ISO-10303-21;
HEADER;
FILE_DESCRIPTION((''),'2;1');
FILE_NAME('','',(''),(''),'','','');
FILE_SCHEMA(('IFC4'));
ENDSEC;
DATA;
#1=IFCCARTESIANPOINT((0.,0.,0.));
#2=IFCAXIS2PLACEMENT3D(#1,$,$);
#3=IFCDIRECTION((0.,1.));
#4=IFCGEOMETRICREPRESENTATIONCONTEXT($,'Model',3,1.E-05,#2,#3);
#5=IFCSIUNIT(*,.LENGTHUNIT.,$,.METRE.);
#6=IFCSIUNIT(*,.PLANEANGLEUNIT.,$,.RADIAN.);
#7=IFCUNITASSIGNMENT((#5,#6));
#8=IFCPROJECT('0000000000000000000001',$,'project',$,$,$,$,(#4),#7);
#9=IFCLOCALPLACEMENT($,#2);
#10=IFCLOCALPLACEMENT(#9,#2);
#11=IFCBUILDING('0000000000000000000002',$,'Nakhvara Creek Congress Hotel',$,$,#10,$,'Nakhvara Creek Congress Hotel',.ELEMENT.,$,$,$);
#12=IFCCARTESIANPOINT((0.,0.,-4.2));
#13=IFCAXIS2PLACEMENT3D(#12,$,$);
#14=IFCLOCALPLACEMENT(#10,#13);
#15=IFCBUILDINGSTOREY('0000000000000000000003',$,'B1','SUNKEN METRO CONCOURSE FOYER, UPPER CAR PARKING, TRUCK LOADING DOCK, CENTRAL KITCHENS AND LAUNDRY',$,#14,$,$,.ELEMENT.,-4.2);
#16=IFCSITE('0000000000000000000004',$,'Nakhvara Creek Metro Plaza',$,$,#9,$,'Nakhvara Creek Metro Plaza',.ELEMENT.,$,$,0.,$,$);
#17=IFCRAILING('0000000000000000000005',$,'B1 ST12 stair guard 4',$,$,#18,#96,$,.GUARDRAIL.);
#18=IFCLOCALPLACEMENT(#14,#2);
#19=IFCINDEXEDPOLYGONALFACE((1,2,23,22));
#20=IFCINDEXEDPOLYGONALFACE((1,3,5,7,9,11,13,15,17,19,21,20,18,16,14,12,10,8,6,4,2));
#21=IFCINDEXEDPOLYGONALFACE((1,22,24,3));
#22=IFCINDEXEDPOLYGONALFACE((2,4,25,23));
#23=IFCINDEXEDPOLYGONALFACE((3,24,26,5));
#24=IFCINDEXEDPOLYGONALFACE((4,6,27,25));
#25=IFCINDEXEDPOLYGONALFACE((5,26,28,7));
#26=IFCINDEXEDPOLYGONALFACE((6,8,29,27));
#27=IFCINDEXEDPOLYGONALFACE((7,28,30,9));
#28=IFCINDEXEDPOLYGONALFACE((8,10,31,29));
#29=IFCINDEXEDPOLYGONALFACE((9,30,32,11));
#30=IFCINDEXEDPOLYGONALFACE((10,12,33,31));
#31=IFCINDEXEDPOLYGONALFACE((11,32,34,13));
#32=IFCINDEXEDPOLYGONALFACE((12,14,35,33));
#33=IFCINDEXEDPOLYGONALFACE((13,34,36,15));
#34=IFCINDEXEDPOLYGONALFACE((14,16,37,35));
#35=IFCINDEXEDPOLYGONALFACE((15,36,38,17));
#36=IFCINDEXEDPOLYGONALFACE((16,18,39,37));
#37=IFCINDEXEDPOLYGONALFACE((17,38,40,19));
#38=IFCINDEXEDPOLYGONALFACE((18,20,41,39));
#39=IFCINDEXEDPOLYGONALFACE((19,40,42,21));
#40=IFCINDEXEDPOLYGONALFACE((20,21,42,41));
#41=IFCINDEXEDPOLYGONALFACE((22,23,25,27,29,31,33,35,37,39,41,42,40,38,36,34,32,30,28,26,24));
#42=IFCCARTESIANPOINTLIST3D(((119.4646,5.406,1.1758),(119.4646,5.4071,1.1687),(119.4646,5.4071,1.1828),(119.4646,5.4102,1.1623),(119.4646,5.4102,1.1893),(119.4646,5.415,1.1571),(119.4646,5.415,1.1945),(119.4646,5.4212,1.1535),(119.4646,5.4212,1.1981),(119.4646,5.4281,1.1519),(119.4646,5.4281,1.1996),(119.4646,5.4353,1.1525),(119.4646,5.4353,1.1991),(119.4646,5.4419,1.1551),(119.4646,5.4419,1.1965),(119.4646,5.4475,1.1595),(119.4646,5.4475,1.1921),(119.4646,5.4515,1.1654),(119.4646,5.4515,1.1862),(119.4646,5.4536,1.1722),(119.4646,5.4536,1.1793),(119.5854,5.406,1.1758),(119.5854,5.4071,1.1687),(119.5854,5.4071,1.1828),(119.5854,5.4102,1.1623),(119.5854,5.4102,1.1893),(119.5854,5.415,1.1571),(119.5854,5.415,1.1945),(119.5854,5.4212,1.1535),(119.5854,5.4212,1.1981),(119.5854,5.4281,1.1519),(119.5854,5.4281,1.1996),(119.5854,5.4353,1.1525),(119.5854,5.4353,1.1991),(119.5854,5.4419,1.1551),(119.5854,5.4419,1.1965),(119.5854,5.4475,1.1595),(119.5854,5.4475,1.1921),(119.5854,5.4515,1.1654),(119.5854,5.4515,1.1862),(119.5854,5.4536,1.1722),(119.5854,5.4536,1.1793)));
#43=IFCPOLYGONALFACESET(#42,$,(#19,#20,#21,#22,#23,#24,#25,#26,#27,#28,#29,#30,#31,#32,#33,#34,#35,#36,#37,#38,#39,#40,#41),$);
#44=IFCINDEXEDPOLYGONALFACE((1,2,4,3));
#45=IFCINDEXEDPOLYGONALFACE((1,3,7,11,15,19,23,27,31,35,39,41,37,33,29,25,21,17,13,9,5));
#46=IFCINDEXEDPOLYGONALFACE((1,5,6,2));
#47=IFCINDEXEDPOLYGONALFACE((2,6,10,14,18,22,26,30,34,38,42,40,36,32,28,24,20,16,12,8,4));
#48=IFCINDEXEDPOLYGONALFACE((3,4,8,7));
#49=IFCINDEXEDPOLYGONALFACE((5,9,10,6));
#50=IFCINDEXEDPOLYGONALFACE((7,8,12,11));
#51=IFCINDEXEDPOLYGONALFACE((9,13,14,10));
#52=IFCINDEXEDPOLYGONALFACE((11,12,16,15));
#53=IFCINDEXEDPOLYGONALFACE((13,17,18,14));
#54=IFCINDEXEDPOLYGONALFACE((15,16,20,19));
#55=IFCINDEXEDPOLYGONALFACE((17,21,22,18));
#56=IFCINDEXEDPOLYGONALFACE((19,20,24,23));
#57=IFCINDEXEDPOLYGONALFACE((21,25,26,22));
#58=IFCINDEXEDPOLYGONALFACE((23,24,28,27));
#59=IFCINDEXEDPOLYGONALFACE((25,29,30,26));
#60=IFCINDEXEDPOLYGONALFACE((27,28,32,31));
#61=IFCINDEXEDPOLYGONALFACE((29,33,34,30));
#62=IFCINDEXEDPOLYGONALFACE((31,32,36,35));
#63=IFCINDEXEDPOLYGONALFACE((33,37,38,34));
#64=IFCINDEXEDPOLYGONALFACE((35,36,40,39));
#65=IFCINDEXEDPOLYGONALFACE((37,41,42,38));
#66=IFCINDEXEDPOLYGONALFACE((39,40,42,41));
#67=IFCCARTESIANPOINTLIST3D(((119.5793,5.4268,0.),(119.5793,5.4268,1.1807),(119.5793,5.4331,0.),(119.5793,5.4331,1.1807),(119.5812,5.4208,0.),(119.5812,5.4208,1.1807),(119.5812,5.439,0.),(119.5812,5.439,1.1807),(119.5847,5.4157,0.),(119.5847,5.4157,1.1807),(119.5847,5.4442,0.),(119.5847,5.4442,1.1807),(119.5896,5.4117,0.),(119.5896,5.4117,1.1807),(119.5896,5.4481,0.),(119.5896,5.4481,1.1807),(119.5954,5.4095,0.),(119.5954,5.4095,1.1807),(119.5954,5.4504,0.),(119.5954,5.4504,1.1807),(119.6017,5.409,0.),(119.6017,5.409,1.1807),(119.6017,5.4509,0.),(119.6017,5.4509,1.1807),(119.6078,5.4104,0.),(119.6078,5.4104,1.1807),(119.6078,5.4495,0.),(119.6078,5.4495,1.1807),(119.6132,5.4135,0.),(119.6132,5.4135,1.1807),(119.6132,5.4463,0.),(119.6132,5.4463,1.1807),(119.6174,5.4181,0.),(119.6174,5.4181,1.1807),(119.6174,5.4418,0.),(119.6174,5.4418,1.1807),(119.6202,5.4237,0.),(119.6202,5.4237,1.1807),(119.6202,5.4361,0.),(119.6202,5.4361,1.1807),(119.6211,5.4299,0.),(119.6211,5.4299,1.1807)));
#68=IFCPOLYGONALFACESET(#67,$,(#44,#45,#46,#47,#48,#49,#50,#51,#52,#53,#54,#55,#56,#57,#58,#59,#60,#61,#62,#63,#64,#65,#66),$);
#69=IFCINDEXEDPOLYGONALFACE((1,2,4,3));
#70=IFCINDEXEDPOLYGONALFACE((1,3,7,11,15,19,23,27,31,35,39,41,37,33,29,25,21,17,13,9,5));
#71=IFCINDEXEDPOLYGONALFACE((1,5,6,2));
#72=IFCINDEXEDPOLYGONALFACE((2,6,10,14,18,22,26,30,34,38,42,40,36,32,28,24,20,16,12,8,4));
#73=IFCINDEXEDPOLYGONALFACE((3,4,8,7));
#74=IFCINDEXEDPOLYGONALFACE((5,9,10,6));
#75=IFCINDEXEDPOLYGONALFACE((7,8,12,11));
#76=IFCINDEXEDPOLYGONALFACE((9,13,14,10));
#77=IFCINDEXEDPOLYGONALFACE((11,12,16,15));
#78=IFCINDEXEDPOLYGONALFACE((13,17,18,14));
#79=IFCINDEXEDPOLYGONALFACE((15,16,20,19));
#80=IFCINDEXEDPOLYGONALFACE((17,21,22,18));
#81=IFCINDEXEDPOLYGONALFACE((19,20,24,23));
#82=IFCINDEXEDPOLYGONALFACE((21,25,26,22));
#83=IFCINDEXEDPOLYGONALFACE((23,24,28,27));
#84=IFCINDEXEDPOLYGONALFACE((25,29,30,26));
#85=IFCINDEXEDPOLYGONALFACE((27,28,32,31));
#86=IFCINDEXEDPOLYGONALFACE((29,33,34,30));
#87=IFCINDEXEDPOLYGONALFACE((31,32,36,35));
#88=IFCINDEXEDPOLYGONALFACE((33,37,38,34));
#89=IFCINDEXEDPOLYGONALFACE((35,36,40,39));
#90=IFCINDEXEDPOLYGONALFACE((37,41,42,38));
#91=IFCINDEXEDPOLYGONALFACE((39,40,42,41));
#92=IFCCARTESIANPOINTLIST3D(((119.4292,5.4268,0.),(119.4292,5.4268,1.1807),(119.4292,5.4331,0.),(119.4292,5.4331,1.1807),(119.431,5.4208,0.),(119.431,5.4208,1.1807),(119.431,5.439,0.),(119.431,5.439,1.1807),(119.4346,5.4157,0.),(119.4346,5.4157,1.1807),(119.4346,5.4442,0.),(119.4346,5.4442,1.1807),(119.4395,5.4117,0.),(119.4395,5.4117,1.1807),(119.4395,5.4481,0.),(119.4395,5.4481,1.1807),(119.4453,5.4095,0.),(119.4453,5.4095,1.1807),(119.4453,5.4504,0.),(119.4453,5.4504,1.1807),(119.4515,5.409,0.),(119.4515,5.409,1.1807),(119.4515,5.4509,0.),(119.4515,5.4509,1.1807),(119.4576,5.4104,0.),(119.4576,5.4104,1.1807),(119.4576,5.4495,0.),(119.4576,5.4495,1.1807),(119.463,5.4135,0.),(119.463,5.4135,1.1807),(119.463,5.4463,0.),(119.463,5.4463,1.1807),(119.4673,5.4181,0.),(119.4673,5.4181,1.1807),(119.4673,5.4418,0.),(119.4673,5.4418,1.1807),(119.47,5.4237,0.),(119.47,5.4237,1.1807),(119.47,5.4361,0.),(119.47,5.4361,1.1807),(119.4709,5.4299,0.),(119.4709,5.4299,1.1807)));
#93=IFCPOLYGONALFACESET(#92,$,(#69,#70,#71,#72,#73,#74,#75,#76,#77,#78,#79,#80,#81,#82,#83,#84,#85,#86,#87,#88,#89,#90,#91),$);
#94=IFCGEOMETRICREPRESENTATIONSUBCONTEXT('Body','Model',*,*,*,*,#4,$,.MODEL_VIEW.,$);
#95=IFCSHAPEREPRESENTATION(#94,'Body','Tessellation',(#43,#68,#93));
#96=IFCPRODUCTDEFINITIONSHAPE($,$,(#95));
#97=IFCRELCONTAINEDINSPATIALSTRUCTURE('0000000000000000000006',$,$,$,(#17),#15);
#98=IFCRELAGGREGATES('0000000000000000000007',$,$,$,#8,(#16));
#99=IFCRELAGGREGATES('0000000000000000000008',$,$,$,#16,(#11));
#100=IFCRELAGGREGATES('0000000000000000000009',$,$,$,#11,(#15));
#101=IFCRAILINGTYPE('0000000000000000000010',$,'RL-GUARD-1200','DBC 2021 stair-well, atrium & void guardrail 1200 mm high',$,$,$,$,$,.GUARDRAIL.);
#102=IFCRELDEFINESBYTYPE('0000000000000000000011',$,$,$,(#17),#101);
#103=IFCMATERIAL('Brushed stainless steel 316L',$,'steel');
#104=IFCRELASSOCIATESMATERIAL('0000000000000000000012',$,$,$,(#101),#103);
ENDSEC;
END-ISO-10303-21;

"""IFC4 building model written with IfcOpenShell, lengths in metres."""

from ifc_helpers import new_model, si_unit, direction, frame, origin, origin_2d, place, context, subcontext, project, spatial, circle, extrude, material, type_object, element, save


model = new_model("IFC4")

# Units and contexts
model_context = context("Model", 3, precision=1e-05, world=origin(), true_north=direction((0.0, 1.0)))
body_context = subcontext(model_context, "Body", "Model", "MODEL_VIEW")
ifc_project = project(units=[si_unit("LENGTHUNIT", "METRE"), si_unit("PLANEANGLEUNIT", "RADIAN")], contexts=[model_context])

# Site, building, storey
site_placement = place(None, origin())
site = spatial("IfcSite", under=ifc_project, at=site_placement, Name="Nakhvara Creek Metro Plaza", LongName="Nakhvara Creek Metro Plaza", CompositionType="ELEMENT", RefElevation=0.0)
building_placement = place(site_placement, origin())
building = spatial("IfcBuilding", under=site, at=building_placement, Name="Nakhvara Creek Congress Hotel", LongName="Nakhvara Creek Congress Hotel", CompositionType="ELEMENT")
storey_placement = place(building_placement, frame((0.0, 0.0, -4.2)))
storey = spatial("IfcBuildingStorey", under=building, at=storey_placement, Name="B1", Description="SUNKEN METRO CONCOURSE FOYER, UPPER CAR PARKING, TRUCK LOADING DOCK, CENTRAL KITCHENS AND LAUNDRY", CompositionType="ELEMENT", Elevation=-4.2)

# Railing
ifc_material_1 = material(Name="Brushed stainless steel 316L", Category="steel")
railing_type_1 = type_object("IfcRailingType", Name="RL-GUARD-1200", Description="DBC 2021 stair-well, atrium & void guardrail 1200 mm high", PredefinedType="GUARDRAIL", material=ifc_material_1)
railing_1_placement = place(storey_placement, frame((119.6001, 5.4299, 0.0)))
element("IfcRailing", 1, at=railing_1_placement, inside=storey, type_object=railing_type_1, Name="B1 ST12 stair guard 4", PredefinedType="GUARDRAIL", context=body_context, shape_type="SweptSolid", body=[
    extrude(circle(Radius=0.0239, at=origin_2d()), frame((-0.0146, 0.0, 1.1758), z_axis=(-1.0, 0.0, 0.0), x_axis=(0.0, -1.0, 0.0)), (0.0, 0.0, 1.0), 0.1208),
    extrude(circle(Radius=0.021, at=origin_2d()), origin(), (0.0, 0.0, 1.0), 1.1807),
    extrude(circle(Radius=0.021, at=origin_2d()), frame((-0.1501, 0.0, 0.0)), (0.0, 0.0, 1.0), 1.1807),
])

save(model, "model.ifc")
